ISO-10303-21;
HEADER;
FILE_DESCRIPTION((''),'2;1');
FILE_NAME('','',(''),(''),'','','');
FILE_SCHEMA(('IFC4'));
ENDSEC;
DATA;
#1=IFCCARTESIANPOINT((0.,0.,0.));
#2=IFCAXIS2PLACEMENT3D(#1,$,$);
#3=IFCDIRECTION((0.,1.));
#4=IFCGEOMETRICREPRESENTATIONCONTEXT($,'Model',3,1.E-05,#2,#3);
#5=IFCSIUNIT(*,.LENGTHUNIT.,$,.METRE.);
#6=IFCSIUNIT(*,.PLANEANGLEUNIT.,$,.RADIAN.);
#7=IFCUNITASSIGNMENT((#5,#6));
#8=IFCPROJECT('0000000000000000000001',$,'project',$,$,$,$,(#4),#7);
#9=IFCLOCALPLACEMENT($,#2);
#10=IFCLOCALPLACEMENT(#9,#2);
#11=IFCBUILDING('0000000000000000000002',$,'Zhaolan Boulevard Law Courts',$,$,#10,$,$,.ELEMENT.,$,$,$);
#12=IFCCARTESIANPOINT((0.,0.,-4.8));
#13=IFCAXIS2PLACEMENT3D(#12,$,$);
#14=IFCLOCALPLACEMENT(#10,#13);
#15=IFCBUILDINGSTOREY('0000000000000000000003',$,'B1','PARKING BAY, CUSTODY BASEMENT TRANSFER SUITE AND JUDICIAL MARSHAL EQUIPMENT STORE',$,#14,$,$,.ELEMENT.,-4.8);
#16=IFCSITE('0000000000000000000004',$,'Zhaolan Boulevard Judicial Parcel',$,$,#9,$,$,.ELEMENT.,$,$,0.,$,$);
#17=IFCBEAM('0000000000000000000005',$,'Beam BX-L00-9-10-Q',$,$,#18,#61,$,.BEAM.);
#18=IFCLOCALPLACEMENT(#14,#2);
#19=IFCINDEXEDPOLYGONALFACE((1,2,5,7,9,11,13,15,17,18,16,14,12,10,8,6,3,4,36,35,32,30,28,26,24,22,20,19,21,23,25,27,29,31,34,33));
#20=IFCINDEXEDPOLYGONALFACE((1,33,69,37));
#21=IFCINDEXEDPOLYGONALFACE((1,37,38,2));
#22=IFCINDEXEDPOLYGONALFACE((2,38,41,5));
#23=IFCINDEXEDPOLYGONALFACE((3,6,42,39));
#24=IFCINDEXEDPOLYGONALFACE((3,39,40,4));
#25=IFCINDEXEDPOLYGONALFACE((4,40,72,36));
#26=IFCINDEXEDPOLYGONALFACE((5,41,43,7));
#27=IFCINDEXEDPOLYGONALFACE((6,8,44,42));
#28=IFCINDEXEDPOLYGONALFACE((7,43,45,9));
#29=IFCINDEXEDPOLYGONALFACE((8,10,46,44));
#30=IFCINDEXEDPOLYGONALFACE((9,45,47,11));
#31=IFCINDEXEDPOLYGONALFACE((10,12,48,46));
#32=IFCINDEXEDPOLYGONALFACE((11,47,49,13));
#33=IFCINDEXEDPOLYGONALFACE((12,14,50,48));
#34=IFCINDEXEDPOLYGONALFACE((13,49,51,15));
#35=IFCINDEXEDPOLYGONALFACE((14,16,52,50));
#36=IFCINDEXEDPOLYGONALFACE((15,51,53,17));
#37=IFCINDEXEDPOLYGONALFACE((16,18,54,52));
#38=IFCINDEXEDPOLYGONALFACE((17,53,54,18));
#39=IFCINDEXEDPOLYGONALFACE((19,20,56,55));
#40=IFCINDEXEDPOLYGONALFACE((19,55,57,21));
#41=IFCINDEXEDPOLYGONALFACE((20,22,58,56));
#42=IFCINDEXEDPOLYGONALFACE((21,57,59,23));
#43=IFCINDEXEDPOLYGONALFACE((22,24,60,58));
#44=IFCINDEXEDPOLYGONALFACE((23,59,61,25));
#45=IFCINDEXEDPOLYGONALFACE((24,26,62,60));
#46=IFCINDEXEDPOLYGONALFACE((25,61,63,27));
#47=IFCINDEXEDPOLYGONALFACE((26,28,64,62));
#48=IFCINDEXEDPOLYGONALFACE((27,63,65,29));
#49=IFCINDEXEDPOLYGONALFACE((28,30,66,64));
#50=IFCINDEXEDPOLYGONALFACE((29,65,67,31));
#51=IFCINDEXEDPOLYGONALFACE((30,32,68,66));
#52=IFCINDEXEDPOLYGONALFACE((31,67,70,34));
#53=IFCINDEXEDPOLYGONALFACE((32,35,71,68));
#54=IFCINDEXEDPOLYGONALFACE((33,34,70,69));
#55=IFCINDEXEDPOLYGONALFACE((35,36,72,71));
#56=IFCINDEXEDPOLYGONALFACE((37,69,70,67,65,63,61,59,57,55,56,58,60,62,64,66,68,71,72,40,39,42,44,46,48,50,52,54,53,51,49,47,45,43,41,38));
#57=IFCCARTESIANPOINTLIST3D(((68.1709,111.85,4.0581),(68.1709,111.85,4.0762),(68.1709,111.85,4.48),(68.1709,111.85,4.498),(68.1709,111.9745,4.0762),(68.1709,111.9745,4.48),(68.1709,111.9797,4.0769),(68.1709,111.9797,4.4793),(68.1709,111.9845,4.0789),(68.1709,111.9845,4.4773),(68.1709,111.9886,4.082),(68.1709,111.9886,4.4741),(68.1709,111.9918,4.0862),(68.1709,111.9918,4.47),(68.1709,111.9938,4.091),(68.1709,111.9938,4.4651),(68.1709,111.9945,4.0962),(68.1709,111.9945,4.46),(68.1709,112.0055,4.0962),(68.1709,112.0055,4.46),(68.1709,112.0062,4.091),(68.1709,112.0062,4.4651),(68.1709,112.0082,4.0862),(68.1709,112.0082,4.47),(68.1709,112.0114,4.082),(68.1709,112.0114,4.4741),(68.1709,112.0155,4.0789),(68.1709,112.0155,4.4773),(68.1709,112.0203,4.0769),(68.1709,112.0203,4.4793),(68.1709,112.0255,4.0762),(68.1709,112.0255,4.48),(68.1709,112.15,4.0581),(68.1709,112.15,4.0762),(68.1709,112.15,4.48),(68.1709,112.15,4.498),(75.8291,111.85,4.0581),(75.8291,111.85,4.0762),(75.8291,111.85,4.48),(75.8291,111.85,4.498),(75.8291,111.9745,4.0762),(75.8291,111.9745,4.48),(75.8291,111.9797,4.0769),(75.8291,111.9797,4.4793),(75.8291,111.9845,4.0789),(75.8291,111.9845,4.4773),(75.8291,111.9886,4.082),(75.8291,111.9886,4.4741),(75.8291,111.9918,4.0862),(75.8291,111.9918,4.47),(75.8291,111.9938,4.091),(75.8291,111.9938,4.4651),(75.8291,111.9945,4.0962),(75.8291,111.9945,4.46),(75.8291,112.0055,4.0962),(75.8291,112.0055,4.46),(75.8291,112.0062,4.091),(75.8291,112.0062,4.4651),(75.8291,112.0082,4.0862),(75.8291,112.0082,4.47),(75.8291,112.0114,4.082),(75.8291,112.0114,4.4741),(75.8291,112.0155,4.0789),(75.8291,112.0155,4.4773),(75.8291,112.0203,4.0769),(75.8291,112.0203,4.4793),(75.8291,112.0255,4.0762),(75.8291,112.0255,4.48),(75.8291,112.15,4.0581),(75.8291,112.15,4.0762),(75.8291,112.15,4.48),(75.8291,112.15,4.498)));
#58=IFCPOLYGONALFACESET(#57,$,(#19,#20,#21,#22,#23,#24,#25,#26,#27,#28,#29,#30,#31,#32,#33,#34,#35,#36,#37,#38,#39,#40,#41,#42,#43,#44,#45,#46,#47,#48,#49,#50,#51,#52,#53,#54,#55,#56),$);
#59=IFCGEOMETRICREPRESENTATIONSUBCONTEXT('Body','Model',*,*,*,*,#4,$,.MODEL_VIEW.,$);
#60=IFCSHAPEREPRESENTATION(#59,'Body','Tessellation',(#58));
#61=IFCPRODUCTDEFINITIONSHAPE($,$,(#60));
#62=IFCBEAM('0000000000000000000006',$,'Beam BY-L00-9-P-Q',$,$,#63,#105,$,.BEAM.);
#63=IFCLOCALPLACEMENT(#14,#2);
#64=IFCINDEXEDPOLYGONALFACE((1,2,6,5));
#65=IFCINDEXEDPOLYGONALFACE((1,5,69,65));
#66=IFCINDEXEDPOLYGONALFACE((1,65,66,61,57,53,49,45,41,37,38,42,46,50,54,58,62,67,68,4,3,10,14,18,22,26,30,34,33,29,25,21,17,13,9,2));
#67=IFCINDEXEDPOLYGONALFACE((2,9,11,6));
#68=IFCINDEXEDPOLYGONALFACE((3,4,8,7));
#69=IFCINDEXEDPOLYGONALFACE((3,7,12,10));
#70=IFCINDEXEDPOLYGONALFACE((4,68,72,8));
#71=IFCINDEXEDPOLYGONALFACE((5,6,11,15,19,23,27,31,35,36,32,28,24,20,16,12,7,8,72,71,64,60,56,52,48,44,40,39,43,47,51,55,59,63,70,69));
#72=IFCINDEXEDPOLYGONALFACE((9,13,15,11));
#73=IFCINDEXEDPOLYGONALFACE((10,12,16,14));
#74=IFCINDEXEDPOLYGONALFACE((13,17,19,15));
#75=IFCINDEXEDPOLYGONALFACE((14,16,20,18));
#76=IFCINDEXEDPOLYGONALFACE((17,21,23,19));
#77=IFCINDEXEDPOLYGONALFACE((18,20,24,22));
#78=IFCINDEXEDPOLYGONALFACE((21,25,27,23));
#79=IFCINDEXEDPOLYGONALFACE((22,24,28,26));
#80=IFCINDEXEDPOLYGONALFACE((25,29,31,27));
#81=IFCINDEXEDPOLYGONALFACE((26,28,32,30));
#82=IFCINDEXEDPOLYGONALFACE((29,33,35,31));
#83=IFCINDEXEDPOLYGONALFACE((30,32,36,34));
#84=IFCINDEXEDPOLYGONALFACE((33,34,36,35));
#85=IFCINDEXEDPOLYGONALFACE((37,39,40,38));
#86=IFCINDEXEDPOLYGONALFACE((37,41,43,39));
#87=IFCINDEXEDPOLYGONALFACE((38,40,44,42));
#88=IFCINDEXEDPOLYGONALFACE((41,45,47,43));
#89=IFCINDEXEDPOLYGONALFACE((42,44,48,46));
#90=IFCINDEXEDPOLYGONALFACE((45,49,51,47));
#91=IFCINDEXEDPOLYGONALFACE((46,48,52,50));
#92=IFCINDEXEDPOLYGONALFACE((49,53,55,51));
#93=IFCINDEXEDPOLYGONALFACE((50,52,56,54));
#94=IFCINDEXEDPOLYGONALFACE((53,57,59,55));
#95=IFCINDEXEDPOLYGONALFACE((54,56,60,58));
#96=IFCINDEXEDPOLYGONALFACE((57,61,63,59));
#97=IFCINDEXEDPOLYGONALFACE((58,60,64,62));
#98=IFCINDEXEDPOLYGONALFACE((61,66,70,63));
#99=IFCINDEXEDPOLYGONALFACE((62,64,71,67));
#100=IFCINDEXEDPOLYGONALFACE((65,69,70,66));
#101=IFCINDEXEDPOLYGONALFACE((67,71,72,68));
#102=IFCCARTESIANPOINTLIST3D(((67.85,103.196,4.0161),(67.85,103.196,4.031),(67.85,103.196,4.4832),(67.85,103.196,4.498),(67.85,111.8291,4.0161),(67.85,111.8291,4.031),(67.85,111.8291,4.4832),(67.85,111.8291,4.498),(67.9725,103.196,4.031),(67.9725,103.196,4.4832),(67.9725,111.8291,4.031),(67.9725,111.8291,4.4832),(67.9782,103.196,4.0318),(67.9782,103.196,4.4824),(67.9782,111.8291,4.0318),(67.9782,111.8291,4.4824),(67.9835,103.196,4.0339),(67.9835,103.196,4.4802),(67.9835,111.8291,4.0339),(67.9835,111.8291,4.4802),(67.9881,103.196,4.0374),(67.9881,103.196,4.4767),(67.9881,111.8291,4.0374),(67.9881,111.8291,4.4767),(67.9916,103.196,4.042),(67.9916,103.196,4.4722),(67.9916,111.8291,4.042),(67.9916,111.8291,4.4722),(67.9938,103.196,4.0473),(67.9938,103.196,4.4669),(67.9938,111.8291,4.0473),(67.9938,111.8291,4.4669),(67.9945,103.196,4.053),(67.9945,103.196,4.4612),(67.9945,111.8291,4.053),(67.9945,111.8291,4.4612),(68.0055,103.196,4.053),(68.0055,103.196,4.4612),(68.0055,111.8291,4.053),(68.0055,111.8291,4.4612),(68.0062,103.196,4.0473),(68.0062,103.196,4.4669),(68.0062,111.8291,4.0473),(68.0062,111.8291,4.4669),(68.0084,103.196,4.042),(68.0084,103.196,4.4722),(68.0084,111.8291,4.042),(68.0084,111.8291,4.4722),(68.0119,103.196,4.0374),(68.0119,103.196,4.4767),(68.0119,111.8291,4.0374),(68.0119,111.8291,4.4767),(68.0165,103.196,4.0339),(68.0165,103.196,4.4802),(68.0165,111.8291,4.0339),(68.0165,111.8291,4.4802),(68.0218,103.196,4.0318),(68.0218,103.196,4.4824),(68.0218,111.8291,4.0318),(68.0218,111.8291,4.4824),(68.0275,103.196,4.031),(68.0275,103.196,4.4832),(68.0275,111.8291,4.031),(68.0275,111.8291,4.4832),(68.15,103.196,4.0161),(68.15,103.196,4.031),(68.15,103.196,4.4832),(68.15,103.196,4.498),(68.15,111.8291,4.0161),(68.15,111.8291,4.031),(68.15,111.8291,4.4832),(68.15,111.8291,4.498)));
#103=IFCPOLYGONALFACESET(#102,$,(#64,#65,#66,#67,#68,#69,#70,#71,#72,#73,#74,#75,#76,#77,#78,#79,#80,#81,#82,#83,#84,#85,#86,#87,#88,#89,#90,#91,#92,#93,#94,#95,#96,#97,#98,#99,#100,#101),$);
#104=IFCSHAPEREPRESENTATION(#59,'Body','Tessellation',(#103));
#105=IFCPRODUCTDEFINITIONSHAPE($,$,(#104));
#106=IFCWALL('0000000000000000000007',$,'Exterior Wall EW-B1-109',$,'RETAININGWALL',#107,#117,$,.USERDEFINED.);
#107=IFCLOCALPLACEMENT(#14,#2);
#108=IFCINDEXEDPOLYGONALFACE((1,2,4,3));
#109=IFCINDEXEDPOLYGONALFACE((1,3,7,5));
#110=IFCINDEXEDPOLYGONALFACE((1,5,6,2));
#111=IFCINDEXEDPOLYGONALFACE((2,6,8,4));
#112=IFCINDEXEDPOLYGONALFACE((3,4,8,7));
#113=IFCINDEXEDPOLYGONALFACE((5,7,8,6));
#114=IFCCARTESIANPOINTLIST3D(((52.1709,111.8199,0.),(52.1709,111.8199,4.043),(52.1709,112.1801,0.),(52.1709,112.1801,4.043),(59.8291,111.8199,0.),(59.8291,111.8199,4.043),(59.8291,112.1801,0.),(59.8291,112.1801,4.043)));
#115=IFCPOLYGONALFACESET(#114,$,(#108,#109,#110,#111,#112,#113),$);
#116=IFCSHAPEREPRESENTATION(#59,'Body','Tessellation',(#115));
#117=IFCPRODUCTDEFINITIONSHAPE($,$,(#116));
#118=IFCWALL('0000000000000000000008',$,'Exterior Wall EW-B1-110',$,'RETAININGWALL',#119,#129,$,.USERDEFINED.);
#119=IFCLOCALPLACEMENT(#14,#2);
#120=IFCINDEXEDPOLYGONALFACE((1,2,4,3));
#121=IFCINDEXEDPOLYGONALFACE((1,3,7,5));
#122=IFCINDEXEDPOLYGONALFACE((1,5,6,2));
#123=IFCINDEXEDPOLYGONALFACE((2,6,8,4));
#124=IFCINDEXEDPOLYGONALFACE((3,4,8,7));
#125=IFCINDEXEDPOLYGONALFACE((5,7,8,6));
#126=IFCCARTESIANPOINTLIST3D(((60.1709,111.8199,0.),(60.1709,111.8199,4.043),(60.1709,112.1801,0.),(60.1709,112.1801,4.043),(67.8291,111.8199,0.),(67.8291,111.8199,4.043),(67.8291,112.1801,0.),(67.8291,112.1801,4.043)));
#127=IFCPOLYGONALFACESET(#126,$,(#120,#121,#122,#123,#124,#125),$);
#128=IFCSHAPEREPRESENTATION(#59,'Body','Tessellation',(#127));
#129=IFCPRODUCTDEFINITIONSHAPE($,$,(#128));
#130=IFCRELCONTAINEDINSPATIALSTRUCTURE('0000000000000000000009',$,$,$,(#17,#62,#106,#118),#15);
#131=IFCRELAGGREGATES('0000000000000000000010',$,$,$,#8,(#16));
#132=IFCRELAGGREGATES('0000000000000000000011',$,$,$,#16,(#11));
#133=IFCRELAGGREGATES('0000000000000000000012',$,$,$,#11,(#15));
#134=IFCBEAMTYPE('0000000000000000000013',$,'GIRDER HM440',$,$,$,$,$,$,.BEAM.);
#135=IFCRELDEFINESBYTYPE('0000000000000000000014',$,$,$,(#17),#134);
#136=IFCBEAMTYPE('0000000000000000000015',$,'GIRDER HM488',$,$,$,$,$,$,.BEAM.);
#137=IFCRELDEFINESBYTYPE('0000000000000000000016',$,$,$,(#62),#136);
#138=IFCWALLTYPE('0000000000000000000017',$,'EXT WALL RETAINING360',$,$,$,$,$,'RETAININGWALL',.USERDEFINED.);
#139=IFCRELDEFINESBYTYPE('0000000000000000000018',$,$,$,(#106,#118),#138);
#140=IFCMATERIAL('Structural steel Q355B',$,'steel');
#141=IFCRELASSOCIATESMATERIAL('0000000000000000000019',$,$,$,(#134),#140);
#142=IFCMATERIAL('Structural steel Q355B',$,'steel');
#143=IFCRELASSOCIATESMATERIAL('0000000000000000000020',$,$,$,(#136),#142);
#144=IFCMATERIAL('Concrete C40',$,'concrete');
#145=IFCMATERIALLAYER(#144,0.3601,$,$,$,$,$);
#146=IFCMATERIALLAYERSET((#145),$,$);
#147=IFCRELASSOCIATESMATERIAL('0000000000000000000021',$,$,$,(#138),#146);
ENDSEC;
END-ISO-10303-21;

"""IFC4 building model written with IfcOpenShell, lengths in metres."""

from ifc_helpers import new_model, si_unit, direction, frame, frame_2d, origin, origin_2d, place, context, subcontext, project, spatial, rectangle, i_section, extrude, material, layer, layer_set, material_profile, profile_set, type_object, element, save


model = new_model("IFC4")

# Units and contexts
model_context = context("Model", 3, precision=1e-05, world=origin(), true_north=direction((0.0, 1.0)))
body_context = subcontext(model_context, "Body", "Model", "MODEL_VIEW")
ifc_project = project(units=[si_unit("LENGTHUNIT", "METRE"), si_unit("PLANEANGLEUNIT", "RADIAN")], contexts=[model_context])

# Site, building, storey
site_placement = place(None, origin())
site = spatial("IfcSite", under=ifc_project, at=site_placement, Name="Zhaolan Boulevard Judicial Parcel", CompositionType="ELEMENT", RefElevation=0.0)
building_placement = place(site_placement, origin())
building = spatial("IfcBuilding", under=site, at=building_placement, Name="Zhaolan Boulevard Law Courts", CompositionType="ELEMENT")
storey_placement = place(building_placement, frame((0.0, 0.0, -4.8)))
storey = spatial("IfcBuildingStorey", under=building, at=storey_placement, Name="B1", Description="PARKING BAY, CUSTODY BASEMENT TRANSFER SUITE AND JUDICIAL MARSHAL EQUIPMENT STORE", CompositionType="ELEMENT", Elevation=-4.8)

# Beams
ifc_material_1 = material(Name="Structural steel Q355B", Category="steel")
ifc_material_profile_1 = material_profile(ifc_material_1, i_section(OverallWidth=0.3, OverallDepth=0.4399, WebThickness=0.011, FlangeThickness=0.0181, FilletRadius=0.02, at=origin_2d()), Name="HM440x300")
ifc_profile_set_1 = profile_set([ifc_material_profile_1], Name="Structural steel Q355B")
beam_type_1 = type_object("IfcBeamType", Name="GIRDER HM440", PredefinedType="BEAM", material=ifc_profile_set_1)
for number, where, z_axis, x_axis, name in (
    (1, (68.1709, 112.0, 4.2781), (1.0, 0.0, 0.0), (0.0, 1.0, 0.0), "Beam BX-L00-9-10-Q"),
):
    element("IfcBeam", number, at=place(storey_placement, frame(where, z_axis=z_axis, x_axis=x_axis)), inside=storey, type_object=beam_type_1, Name=name, PredefinedType="BEAM", context=body_context, shape_type="SweptSolid", body=[
        extrude(i_section(OverallWidth=0.3, OverallDepth=0.4399, WebThickness=0.011, FlangeThickness=0.0181, FilletRadius=0.02, at=origin_2d()), origin(), (0.0, 0.0, 1.0), 7.6582),
    ])
ifc_material_2 = material(Name="Structural steel Q355B", Category="steel")
ifc_material_profile_2 = material_profile(ifc_material_2, i_section(OverallWidth=0.3, OverallDepth=0.4819, WebThickness=0.011, FlangeThickness=0.0149, FilletRadius=0.022, at=origin_2d()), Name="HM482x300")
ifc_profile_set_2 = profile_set([ifc_material_profile_2], Name="Structural steel Q355B")
beam_type_2 = type_object("IfcBeamType", Name="GIRDER HM488", PredefinedType="BEAM", material=ifc_profile_set_2)
beam_placement = place(storey_placement, frame((68.0, 103.196, 4.2571), z_axis=(0.0, 1.0, 0.0), x_axis=(-1.0, 0.0, 0.0)))
element("IfcBeam", 2, at=beam_placement, inside=storey, type_object=beam_type_2, Name="Beam BY-L00-9-P-Q", PredefinedType="BEAM", context=body_context, shape_type="SweptSolid", body=[
    extrude(i_section(OverallWidth=0.3, OverallDepth=0.4819, WebThickness=0.011, FlangeThickness=0.0149, FilletRadius=0.022, at=origin_2d()), origin(), (0.0, 0.0, 1.0), 8.6331),
])

# Walls
ifc_material_3 = material(Name="Concrete C40", Category="concrete")
ifc_layer = layer(ifc_material_3, 0.3601)
ifc_layer_set = layer_set([ifc_layer])
wall_type = type_object("IfcWallType", Name="EXT WALL RETAINING360", ElementType="RETAININGWALL", PredefinedType="USERDEFINED", material=ifc_layer_set)
for number, where, z_axis, x_axis, name in (
    (3, (59.8291, 112.0, 0.0), (0.0, 0.0, 1.0), (-1.0, 0.0, 0.0), "Exterior Wall EW-B1-109"),
    (4, (67.8291, 112.0, 0.0), (0.0, 0.0, 1.0), (-1.0, 0.0, 0.0), "Exterior Wall EW-B1-110"),
):
    element("IfcWall", number, at=place(storey_placement, frame(where, z_axis=z_axis, x_axis=x_axis)), inside=storey, type_object=wall_type, Name=name, ObjectType="RETAININGWALL", PredefinedType="USERDEFINED", context=body_context, shape_type="SweptSolid", body=[
        extrude(rectangle(XDim=7.6582, YDim=0.3601, at=frame_2d((3.8291, 0.0))), origin(), (0.0, 0.0, 1.0), 4.043),
    ])

save(model, "model.ifc")
